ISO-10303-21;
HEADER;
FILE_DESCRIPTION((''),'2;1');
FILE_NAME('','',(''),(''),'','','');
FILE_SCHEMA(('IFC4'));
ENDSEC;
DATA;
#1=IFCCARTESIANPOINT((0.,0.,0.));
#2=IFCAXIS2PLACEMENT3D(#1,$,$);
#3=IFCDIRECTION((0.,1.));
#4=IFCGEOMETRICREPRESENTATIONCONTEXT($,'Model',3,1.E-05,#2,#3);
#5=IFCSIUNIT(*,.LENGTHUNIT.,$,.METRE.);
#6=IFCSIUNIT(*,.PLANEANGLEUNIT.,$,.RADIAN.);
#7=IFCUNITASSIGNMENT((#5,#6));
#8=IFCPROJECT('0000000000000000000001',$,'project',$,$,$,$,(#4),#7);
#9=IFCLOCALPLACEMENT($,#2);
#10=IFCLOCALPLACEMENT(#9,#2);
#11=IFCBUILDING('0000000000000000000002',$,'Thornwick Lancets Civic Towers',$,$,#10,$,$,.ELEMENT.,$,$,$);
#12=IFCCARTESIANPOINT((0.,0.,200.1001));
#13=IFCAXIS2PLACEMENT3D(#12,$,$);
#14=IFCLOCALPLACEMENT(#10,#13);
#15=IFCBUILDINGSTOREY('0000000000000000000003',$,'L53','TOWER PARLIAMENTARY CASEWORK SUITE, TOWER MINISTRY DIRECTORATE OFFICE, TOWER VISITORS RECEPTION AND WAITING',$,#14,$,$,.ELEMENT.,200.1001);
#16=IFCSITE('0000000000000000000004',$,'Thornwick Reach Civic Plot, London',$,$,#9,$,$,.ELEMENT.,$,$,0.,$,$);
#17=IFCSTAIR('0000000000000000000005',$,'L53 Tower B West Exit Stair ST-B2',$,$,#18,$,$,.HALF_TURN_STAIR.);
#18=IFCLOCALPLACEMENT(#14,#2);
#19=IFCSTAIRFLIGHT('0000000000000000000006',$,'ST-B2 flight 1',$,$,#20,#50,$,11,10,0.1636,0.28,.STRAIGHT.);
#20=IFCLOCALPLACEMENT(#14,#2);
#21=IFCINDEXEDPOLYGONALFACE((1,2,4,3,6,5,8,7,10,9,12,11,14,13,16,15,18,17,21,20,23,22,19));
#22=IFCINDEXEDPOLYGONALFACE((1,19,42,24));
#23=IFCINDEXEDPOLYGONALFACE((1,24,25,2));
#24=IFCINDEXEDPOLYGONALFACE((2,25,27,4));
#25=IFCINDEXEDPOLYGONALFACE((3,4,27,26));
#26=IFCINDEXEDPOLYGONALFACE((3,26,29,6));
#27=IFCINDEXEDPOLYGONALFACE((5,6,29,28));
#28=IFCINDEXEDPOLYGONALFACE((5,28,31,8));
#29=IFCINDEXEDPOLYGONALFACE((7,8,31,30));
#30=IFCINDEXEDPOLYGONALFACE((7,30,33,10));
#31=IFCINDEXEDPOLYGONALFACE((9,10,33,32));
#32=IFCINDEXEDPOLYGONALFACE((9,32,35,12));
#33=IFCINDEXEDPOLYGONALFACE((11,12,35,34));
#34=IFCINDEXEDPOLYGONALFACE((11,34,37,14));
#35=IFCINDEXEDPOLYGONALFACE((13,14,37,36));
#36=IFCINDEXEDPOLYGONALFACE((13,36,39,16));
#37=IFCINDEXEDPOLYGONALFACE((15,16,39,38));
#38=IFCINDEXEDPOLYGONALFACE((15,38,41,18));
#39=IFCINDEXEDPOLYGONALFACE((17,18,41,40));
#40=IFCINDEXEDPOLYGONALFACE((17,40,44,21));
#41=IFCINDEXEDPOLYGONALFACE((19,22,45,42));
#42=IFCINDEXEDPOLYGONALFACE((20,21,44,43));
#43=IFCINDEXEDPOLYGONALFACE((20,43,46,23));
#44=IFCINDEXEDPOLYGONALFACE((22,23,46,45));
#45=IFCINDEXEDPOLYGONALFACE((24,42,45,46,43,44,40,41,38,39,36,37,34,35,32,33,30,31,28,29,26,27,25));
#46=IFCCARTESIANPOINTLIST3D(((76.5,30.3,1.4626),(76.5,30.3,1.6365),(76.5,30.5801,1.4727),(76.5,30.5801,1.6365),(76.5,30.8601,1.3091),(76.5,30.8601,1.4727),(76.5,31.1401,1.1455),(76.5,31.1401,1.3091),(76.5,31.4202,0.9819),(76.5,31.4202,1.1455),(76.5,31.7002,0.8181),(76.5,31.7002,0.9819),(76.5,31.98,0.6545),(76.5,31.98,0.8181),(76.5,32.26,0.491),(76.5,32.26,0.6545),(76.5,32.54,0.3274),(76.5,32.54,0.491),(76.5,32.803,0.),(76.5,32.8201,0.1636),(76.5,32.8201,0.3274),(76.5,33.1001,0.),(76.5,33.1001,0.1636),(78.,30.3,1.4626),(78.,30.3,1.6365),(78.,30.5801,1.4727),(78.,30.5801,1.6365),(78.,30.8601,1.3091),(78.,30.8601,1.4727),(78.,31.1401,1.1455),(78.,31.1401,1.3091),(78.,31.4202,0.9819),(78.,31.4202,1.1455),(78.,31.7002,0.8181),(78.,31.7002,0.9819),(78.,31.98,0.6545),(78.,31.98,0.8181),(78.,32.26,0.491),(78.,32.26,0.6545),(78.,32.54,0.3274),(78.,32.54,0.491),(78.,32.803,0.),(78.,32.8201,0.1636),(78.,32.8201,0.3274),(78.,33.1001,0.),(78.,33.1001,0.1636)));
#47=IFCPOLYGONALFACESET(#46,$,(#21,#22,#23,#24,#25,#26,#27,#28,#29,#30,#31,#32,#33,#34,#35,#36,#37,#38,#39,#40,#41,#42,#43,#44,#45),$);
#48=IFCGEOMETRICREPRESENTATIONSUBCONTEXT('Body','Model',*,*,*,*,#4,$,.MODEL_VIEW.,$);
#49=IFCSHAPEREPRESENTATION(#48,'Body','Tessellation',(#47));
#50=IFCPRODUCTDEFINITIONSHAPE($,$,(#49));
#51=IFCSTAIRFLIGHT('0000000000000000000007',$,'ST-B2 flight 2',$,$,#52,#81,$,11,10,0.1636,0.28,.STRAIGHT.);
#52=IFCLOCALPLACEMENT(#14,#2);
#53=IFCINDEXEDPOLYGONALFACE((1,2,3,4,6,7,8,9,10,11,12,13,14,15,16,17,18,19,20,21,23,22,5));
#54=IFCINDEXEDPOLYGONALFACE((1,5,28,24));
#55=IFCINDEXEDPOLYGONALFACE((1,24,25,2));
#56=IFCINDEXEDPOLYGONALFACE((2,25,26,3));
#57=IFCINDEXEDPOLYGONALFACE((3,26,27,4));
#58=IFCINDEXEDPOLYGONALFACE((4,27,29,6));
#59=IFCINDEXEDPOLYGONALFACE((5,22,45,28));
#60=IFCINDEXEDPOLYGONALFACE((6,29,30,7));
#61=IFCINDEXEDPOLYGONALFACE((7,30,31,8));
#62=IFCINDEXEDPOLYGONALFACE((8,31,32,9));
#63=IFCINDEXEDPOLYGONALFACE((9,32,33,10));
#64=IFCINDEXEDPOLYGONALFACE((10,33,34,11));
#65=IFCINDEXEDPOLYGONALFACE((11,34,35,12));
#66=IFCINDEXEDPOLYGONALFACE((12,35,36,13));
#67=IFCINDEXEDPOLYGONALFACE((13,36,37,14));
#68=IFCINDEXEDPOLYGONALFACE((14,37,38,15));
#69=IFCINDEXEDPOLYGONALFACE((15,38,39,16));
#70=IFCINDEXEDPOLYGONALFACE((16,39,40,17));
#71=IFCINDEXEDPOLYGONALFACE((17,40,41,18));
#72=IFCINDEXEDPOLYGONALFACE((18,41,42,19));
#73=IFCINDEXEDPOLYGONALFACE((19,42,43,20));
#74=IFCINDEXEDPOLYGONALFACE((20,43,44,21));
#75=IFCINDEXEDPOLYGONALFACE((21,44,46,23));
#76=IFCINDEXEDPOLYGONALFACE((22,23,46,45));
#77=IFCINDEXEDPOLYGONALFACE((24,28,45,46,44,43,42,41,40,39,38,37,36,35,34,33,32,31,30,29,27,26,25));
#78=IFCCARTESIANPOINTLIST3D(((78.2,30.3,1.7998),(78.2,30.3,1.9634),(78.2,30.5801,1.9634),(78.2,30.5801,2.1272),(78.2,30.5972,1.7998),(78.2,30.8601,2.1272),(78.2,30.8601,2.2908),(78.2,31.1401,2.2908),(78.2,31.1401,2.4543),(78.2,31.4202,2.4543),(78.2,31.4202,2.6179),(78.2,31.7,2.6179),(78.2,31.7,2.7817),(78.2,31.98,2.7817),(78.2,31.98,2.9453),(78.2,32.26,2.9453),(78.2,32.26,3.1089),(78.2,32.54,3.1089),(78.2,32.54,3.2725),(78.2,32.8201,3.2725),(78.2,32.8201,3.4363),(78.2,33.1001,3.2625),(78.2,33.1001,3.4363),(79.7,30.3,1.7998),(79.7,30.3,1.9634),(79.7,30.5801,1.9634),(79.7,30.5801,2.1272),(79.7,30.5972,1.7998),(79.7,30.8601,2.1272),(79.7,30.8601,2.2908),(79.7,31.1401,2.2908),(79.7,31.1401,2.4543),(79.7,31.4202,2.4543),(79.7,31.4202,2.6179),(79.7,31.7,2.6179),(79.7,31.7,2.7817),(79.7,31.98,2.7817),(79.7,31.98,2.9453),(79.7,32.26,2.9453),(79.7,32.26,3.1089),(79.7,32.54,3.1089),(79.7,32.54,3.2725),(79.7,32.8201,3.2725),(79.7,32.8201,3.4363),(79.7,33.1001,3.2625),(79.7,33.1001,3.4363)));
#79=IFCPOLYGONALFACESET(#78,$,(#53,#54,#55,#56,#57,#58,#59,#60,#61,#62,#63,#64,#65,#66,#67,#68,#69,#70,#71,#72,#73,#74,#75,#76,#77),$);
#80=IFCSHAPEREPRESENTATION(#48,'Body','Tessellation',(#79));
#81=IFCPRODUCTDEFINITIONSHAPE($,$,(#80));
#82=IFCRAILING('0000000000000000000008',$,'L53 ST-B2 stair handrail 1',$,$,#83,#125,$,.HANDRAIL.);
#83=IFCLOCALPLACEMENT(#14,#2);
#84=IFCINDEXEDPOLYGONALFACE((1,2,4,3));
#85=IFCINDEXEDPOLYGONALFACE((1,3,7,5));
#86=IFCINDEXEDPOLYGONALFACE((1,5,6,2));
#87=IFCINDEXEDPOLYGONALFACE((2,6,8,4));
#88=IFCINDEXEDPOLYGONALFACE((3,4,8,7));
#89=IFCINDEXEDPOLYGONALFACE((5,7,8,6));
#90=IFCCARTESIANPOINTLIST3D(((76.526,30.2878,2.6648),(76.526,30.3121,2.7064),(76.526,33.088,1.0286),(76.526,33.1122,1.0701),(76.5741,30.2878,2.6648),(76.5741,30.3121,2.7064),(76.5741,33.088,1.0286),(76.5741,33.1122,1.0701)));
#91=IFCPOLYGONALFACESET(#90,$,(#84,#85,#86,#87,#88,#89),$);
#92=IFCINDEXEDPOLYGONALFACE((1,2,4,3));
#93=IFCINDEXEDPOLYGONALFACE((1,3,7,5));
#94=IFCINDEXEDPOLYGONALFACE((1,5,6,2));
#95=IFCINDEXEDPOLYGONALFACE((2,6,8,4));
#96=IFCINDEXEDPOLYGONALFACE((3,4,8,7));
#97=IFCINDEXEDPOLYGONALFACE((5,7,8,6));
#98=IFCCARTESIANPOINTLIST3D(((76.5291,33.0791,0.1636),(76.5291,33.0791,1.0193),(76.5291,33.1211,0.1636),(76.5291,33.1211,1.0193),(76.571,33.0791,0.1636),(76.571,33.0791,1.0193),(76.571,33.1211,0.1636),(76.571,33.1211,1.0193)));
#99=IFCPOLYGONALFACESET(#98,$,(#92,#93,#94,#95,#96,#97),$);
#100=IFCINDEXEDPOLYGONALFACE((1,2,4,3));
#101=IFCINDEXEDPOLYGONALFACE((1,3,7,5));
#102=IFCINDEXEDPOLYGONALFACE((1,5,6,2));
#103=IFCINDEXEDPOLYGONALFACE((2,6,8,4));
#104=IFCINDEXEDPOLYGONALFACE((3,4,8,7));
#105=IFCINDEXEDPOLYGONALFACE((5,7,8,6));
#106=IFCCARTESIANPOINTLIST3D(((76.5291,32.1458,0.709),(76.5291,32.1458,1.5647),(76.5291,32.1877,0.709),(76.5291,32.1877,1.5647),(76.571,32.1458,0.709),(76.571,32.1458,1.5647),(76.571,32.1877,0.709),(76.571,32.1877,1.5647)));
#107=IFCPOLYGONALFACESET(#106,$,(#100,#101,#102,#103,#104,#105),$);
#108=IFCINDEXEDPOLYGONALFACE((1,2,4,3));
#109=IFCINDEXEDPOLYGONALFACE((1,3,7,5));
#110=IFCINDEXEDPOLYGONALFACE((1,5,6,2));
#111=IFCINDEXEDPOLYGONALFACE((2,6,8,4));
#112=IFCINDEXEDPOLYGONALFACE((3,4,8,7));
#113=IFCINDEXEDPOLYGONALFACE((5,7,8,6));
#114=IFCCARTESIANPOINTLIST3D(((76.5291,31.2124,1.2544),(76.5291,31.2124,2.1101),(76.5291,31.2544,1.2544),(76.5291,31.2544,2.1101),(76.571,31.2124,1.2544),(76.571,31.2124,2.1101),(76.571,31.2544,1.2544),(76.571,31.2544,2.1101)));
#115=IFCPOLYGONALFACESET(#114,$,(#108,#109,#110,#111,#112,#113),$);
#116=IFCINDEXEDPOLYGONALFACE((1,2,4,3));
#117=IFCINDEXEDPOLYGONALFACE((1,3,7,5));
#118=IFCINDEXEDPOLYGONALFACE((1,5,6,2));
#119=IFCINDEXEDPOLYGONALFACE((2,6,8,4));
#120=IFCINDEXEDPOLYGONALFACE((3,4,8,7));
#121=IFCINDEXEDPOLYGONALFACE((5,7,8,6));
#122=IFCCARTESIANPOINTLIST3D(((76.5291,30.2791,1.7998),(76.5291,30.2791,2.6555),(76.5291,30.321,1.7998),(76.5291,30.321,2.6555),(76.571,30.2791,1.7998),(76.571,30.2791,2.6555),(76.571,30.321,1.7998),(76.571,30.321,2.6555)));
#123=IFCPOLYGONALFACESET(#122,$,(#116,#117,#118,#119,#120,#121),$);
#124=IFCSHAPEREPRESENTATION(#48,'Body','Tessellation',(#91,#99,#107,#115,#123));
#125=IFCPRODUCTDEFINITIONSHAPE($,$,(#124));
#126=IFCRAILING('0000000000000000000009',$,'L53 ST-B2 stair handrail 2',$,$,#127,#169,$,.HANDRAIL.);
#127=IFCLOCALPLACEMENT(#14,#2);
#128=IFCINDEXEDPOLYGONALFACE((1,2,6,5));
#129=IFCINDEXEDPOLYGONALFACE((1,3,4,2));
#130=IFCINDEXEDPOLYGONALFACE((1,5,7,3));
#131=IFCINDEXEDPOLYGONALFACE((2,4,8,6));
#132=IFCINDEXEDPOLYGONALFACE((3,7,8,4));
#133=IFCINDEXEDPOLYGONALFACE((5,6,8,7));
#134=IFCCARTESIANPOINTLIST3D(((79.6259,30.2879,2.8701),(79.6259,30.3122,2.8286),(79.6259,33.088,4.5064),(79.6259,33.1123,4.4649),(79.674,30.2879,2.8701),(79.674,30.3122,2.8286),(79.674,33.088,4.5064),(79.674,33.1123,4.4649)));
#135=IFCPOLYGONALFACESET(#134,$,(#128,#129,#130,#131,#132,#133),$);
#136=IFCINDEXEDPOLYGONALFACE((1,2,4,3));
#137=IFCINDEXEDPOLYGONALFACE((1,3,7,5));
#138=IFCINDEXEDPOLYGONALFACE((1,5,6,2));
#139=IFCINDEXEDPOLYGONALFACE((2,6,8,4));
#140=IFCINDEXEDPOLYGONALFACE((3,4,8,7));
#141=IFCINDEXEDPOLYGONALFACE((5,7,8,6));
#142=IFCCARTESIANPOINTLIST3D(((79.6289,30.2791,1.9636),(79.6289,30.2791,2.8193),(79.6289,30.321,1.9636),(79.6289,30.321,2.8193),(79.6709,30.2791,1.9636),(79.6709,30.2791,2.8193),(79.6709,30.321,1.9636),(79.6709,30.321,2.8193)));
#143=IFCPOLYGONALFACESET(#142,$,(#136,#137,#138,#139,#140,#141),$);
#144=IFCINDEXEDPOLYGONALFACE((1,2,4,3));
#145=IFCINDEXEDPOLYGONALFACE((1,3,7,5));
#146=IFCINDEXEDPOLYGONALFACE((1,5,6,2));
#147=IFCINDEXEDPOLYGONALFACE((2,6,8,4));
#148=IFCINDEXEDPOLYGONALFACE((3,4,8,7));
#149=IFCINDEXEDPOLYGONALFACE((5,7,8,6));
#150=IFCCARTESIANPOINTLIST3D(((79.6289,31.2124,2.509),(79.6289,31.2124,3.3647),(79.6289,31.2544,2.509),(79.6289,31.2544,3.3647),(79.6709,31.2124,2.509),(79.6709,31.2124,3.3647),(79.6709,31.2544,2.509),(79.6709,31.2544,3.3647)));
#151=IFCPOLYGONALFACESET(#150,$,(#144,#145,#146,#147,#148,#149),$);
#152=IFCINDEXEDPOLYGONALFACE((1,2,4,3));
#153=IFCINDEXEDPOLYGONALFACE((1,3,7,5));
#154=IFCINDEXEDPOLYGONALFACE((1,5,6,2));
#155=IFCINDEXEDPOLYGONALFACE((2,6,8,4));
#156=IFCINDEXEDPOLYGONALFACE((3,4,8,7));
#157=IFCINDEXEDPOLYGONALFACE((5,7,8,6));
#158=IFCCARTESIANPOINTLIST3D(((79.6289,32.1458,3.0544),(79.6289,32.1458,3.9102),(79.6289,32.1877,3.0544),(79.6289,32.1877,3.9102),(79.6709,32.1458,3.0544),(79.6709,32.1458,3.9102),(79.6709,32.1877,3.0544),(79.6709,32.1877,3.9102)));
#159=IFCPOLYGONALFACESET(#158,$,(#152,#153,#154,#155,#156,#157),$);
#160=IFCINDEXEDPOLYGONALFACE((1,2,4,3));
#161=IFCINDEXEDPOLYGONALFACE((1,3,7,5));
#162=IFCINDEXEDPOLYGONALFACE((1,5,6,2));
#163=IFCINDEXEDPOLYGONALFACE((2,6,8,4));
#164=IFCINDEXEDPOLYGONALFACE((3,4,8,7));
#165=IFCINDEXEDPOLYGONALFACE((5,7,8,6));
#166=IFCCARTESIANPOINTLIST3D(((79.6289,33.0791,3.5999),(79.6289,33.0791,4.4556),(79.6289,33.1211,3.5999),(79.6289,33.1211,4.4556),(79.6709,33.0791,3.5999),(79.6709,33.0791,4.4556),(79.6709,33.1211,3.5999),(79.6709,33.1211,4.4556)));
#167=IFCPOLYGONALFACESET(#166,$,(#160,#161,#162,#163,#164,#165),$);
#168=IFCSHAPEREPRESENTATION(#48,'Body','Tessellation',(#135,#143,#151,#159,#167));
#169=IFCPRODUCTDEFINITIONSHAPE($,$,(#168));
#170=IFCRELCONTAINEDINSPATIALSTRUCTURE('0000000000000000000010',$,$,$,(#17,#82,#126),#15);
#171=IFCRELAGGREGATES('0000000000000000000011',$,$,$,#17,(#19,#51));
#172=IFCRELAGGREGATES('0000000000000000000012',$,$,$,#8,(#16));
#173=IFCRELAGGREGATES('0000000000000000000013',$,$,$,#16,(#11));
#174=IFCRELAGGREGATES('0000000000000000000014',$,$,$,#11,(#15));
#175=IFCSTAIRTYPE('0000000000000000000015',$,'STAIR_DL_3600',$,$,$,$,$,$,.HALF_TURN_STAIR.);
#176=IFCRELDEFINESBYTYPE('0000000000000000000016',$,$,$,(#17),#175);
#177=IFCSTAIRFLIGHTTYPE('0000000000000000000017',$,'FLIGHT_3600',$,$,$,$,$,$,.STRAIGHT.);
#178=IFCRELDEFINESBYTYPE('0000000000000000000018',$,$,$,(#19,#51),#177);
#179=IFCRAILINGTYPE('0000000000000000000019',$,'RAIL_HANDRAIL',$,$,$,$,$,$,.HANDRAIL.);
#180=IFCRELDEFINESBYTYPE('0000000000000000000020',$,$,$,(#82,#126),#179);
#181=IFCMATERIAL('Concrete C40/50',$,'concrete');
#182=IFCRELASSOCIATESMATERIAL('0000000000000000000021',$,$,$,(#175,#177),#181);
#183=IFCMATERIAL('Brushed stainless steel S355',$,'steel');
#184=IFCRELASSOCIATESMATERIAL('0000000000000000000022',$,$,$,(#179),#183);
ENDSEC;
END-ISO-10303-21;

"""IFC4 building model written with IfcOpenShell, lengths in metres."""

from ifc_helpers import new_model, si_unit, direction, frame, origin, origin_2d, place, context, subcontext, project, spatial, polyline, rectangle, outline, extrude, material, type_object, element, aggregate, save


model = new_model("IFC4")

# Units and contexts
model_context = context("Model", 3, precision=1e-05, world=origin(), true_north=direction((0.0, 1.0)))
body_context = subcontext(model_context, "Body", "Model", "MODEL_VIEW")
ifc_project = project(units=[si_unit("LENGTHUNIT", "METRE"), si_unit("PLANEANGLEUNIT", "RADIAN")], contexts=[model_context])

# Site, building, storey
site_placement = place(None, origin())
site = spatial("IfcSite", under=ifc_project, at=site_placement, Name="Thornwick Reach Civic Plot, London", CompositionType="ELEMENT", RefElevation=0.0)
building_placement = place(site_placement, origin())
building = spatial("IfcBuilding", under=site, at=building_placement, Name="Thornwick Lancets Civic Towers", CompositionType="ELEMENT")
storey_placement = place(building_placement, frame((0.0, 0.0, 200.1001)))
storey = spatial("IfcBuildingStorey", under=building, at=storey_placement, Name="L53", Description="TOWER PARLIAMENTARY CASEWORK SUITE, TOWER MINISTRY DIRECTORATE OFFICE, TOWER VISITORS RECEPTION AND WAITING", CompositionType="ELEMENT", Elevation=200.1001)

# Shared definitions
ifc_material_1 = material(Name="Concrete C40/50", Category="concrete")

# Stair, stair flights
stair_type = type_object("IfcStairType", Name="STAIR_DL_3600", PredefinedType="HALF_TURN_STAIR", material=ifc_material_1)
stair_placement = place(storey_placement, origin())
stair = element("IfcStair", 1, at=stair_placement, inside=storey, type_object=stair_type, Name="L53 Tower B West Exit Stair ST-B2", PredefinedType="HALF_TURN_STAIR")
stair_flight_type = type_object("IfcStairFlightType", Name="FLIGHT_3600", PredefinedType="STRAIGHT", material=ifc_material_1)
stair_flight_1_placement = place(storey_placement, frame((77.25, 33.1001, 0.0), z_axis=(0.0, 0.0, 1.0), x_axis=(0.0, -1.0, 0.0)))
stair_flight_1 = element("IfcStairFlight", 2, at=stair_flight_1_placement, type_object=stair_flight_type, Name="ST-B2 flight 1", NumberOfRisers=11, NumberOfTreads=10, PredefinedType="STRAIGHT", RiserHeight=0.1636, TreadLength=0.28, context=body_context, shape_type="SweptSolid", body=[
    extrude(outline(polyline([(0.0, 0.0), (0.0, 0.1636), (0.28, 0.1636), (0.28, 0.3274), (0.5601, 0.3274), (0.5601, 0.491), (0.8401, 0.491), (0.8401, 0.6545), (1.1201, 0.6545), (1.1201, 0.8181), (1.3999, 0.8181), (1.3999, 0.9819), (1.6799, 0.9819), (1.6799, 1.1455), (1.96, 1.1455), (1.96, 1.3091), (2.24, 1.3091), (2.24, 1.4727), (2.52, 1.4727), (2.52, 1.6365), (2.8, 1.6365), (2.8, 1.8), (2.8, 1.4626), (0.2971, 0.0), (0.0, 0.0)])), frame((0.0, 0.75, 0.0), z_axis=(0.0, -1.0, 0.0), x_axis=(1.0, 0.0, 0.0)), (0.0, 0.0, 1.0), 1.5),
])
stair_flight_2_placement = place(storey_placement, frame((78.95, 30.3, 1.7998), z_axis=(0.0, 0.0, 1.0), x_axis=(0.0, 1.0, 0.0)))
stair_flight_2 = element("IfcStairFlight", 3, at=stair_flight_2_placement, type_object=stair_flight_type, Name="ST-B2 flight 2", NumberOfRisers=11, NumberOfTreads=10, PredefinedType="STRAIGHT", RiserHeight=0.1636, TreadLength=0.28, context=body_context, shape_type="SweptSolid", body=[
    extrude(outline(polyline([(0.0, 0.0), (0.0, 0.1636), (0.28, 0.1636), (0.28, 0.3274), (0.5601, 0.3274), (0.5601, 0.491), (0.8401, 0.491), (0.8401, 0.6545), (1.1201, 0.6545), (1.1201, 0.8181), (1.3999, 0.8181), (1.3999, 0.9819), (1.6799, 0.9819), (1.6799, 1.1455), (1.96, 1.1455), (1.96, 1.3091), (2.24, 1.3091), (2.24, 1.4727), (2.52, 1.4727), (2.52, 1.6365), (2.8, 1.6365), (2.8, 1.8), (2.8, 1.4626), (0.2971, 0.0), (0.0, 0.0)])), frame((0.0, 0.75, 0.0), z_axis=(0.0, -1.0, 0.0), x_axis=(1.0, 0.0, 0.0)), (0.0, 0.0, 1.0), 1.5),
])
aggregate(stair, [stair_flight_1, stair_flight_2])

# Railings
ifc_material_2 = material(Name="Brushed stainless steel S355", Category="steel")
railing_type_1 = type_object("IfcRailingType", Name="RAIL_HANDRAIL", PredefinedType="HANDRAIL", material=ifc_material_2)
railing_1_placement = place(storey_placement, frame((76.55, 33.1001, 0.1636)))
element("IfcRailing", 4, at=railing_1_placement, inside=storey, type_object=railing_type_1, Name="L53 ST-B2 stair handrail 1", PredefinedType="HANDRAIL", context=body_context, shape_type="SweptSolid", body=[
    extrude(rectangle(XDim=0.0481, YDim=0.0481, at=origin_2d()), frame((0.0, 0.0, 0.8857), z_axis=(0.0, -0.863394, 0.504531), x_axis=(1.0, 0.0, 0.0)), (0.0, 0.0, 1.0), 3.2432),
    extrude(rectangle(XDim=0.042, YDim=0.042, at=origin_2d()), origin(), (0.0, 0.0, 1.0), 0.8557),
    extrude(rectangle(XDim=0.042, YDim=0.042, at=origin_2d()), frame((0.0, -0.9333, 0.5454)), (0.0, 0.0, 1.0), 0.8557),
    extrude(rectangle(XDim=0.042, YDim=0.042, at=origin_2d()), frame((0.0, -1.8667, 1.0908)), (0.0, 0.0, 1.0), 0.8557),
    extrude(rectangle(XDim=0.042, YDim=0.042, at=origin_2d()), frame((0.0, -2.8, 1.6362)), (0.0, 0.0, 1.0), 0.8557),
])
railing_2_placement = place(storey_placement, frame((79.6499, 30.3, 1.9636)))
element("IfcRailing", 5, at=railing_2_placement, inside=storey, type_object=railing_type_1, Name="L53 ST-B2 stair handrail 2", PredefinedType="HANDRAIL", context=body_context, shape_type="SweptSolid", body=[
    extrude(rectangle(XDim=0.0481, YDim=0.0481, at=origin_2d()), frame((0.0, 0.0, 0.8857), z_axis=(0.0, 0.863394, 0.504531), x_axis=(-1.0, 0.0, 0.0)), (0.0, 0.0, 1.0), 3.2432),
    extrude(rectangle(XDim=0.042, YDim=0.042, at=origin_2d()), origin(), (0.0, 0.0, 1.0), 0.8557),
    extrude(rectangle(XDim=0.042, YDim=0.042, at=origin_2d()), frame((0.0, 0.9333, 0.5454)), (0.0, 0.0, 1.0), 0.8557),
    extrude(rectangle(XDim=0.042, YDim=0.042, at=origin_2d()), frame((0.0, 1.8667, 1.0908)), (0.0, 0.0, 1.0), 0.8557),
    extrude(rectangle(XDim=0.042, YDim=0.042, at=origin_2d()), frame((0.0, 2.8, 1.6362)), (0.0, 0.0, 1.0), 0.8557),
])

save(model, "model.ifc")
